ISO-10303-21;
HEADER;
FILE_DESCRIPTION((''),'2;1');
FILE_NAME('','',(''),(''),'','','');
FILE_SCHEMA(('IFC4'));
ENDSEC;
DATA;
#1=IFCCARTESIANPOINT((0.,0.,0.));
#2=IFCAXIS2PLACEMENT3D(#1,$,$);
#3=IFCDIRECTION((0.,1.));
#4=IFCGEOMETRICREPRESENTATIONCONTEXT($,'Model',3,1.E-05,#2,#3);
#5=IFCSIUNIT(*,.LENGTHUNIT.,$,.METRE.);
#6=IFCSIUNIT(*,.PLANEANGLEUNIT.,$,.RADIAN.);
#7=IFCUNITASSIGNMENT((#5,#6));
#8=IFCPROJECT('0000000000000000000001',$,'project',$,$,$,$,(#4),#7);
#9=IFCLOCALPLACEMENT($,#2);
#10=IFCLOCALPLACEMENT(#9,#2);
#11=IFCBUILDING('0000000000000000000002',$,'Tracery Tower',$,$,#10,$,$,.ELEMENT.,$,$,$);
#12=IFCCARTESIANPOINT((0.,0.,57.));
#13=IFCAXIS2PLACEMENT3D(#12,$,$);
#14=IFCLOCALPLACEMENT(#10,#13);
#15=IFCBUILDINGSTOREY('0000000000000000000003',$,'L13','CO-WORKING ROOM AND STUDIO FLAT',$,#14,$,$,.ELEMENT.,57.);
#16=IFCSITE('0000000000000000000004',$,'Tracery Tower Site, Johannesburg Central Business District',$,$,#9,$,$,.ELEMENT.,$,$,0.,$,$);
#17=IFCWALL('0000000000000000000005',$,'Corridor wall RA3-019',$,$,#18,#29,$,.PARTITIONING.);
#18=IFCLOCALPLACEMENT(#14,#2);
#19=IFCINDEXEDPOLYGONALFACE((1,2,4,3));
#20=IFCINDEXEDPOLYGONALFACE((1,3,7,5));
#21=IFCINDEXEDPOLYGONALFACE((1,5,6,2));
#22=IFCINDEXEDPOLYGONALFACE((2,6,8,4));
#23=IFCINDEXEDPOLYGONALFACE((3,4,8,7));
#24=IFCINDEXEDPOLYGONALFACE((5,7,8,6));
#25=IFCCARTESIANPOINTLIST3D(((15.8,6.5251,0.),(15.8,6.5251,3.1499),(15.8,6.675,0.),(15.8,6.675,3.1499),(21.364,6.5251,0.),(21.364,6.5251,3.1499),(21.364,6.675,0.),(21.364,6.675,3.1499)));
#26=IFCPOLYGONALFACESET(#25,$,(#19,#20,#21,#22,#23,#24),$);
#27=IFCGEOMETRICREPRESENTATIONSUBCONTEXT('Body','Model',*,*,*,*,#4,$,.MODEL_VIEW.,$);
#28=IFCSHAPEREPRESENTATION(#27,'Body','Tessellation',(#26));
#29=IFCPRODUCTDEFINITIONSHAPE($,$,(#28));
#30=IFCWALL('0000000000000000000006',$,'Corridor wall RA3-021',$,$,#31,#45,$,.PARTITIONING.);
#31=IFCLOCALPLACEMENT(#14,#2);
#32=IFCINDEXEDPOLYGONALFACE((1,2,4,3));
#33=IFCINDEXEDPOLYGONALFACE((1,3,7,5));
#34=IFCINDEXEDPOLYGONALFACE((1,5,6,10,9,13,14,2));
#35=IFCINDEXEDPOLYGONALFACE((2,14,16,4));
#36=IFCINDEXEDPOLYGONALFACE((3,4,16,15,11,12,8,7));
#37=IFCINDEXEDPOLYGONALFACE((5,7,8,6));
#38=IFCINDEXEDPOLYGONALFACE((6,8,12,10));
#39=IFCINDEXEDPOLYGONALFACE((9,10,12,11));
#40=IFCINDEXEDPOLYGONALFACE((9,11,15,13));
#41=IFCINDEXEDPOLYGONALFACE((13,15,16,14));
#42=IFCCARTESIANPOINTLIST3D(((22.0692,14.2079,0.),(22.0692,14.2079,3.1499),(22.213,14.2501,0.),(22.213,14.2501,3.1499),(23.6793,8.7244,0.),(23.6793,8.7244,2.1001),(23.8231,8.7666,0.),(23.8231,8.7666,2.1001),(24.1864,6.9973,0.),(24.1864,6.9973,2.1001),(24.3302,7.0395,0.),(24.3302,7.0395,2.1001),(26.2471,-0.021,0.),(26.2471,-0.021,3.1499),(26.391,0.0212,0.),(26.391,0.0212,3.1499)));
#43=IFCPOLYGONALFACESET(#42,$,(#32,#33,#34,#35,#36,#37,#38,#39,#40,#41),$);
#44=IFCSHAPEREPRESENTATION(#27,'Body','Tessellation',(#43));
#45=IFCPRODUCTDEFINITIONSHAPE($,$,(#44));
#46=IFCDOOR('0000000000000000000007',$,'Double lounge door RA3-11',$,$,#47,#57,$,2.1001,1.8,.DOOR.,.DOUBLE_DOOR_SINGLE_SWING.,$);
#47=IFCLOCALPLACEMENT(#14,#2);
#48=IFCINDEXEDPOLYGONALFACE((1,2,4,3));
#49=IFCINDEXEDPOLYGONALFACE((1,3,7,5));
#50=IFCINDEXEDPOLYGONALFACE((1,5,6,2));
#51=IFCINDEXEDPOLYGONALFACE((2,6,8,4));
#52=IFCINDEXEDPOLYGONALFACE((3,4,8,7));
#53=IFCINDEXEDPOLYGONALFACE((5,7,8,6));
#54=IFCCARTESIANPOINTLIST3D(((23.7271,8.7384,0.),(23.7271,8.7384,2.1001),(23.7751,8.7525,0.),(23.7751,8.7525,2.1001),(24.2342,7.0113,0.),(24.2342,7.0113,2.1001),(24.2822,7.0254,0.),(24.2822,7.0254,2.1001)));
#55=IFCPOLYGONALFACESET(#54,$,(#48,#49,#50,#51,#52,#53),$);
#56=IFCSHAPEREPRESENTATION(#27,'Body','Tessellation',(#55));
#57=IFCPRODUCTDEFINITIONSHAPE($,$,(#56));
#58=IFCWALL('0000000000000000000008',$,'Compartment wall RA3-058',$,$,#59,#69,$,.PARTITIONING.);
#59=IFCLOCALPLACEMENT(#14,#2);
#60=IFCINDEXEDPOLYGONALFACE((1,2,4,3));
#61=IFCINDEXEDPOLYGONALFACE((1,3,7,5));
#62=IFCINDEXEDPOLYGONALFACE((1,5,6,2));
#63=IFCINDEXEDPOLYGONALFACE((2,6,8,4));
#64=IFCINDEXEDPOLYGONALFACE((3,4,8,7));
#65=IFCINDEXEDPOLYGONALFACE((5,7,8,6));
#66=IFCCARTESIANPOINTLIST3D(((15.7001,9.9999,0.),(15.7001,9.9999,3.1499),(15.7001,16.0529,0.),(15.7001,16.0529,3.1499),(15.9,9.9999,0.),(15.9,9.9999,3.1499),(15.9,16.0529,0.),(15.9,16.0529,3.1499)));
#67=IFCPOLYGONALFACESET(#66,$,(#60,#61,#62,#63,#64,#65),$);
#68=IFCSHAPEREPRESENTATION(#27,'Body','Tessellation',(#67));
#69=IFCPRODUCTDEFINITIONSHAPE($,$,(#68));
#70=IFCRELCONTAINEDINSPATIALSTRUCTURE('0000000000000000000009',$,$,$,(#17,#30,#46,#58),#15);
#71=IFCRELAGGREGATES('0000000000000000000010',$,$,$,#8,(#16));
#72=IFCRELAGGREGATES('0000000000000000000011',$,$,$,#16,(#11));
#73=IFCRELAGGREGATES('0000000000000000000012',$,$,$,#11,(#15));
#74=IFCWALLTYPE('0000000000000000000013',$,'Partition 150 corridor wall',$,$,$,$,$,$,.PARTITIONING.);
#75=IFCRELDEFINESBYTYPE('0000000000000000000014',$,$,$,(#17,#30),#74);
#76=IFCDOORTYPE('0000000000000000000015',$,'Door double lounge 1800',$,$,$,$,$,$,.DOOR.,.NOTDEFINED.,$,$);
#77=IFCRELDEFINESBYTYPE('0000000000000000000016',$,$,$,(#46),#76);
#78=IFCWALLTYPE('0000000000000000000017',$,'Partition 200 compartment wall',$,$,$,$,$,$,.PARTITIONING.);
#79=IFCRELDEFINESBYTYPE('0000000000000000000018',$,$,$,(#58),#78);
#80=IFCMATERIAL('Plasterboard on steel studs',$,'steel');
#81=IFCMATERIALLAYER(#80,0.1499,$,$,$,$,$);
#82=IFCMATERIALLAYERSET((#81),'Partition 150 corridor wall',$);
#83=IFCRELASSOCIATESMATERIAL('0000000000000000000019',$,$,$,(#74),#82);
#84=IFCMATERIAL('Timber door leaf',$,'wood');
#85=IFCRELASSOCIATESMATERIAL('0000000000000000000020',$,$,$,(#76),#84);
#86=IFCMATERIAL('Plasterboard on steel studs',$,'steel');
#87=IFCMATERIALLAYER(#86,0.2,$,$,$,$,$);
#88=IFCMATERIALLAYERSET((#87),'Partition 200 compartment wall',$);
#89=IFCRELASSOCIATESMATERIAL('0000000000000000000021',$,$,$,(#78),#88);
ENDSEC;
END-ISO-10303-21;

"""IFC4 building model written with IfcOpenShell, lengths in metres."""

from ifc_helpers import new_model, si_unit, direction, frame, frame_2d, origin, place, context, subcontext, project, spatial, rectangle, extrude, material, layer, layer_set, type_object, element, fill, save


model = new_model("IFC4")

# Units and contexts
model_context = context("Model", 3, precision=1e-05, world=origin(), true_north=direction((0.0, 1.0)))
body_context = subcontext(model_context, "Body", "Model", "MODEL_VIEW")
ifc_project = project(units=[si_unit("LENGTHUNIT", "METRE"), si_unit("PLANEANGLEUNIT", "RADIAN")], contexts=[model_context])

# Site, building, storey
site_placement = place(None, origin())
site = spatial("IfcSite", under=ifc_project, at=site_placement, Name="Tracery Tower Site, Johannesburg Central Business District", CompositionType="ELEMENT", RefElevation=0.0)
building_placement = place(site_placement, origin())
building = spatial("IfcBuilding", under=site, at=building_placement, Name="Tracery Tower", CompositionType="ELEMENT")
storey_placement = place(building_placement, frame((0.0, 0.0, 57.0)))
storey = spatial("IfcBuildingStorey", under=building, at=storey_placement, Name="L13", Description="CO-WORKING ROOM AND STUDIO FLAT", CompositionType="ELEMENT", Elevation=57.0)

# Wall
ifc_material_1 = material(Name="Plasterboard on steel studs", Category="steel")
ifc_layer_1 = layer(ifc_material_1, 0.1499)
ifc_layer_set_1 = layer_set([ifc_layer_1], Name="Partition 150 corridor wall")
wall_type_1 = type_object("IfcWallType", Name="Partition 150 corridor wall", PredefinedType="PARTITIONING", material=ifc_layer_set_1)
wall_1_placement = place(storey_placement, frame((15.8, 6.6001, 0.0), z_axis=(0.0, 0.0, 1.0), x_axis=(1.0, 0.0, 0.0)))
element("IfcWall", 1, at=wall_1_placement, inside=storey, type_object=wall_type_1, Name="Corridor wall RA3-019", PredefinedType="PARTITIONING", context=body_context, shape_type="SweptSolid", body=[
    extrude(rectangle(XDim=5.564, YDim=0.1499, at=frame_2d((2.782, 0.0))), origin(), (0.0, 0.0, 1.0), 3.1499),
])

# Wall, opening, door
wall_2_placement = place(storey_placement, frame((22.1411, 14.229, 0.0), z_axis=(0.0, 0.0, 1.0), x_axis=(0.28173, -0.959494, 0.0)))
wall_2 = element("IfcWall", 2, at=wall_2_placement, inside=storey, type_object=wall_type_1, Name="Corridor wall RA3-021", PredefinedType="PARTITIONING", context=body_context, shape_type="SweptSolid", body=[
    extrude(rectangle(XDim=14.8296, YDim=0.1499, at=frame_2d((7.4148, 0.0))), origin(), (0.0, 0.0, 1.0), 3.1499),
])
opening_1_placement = place(wall_2_placement, frame((5.7151, 0.0, 0.0)))
opening_1 = element("IfcOpeningElement", 3, at=opening_1_placement, cuts=wall_2, PredefinedType="OPENING", context=body_context, shape_type="SweptSolid", body=[
    extrude(rectangle(XDim=1.8, YDim=2.1001, at=frame_2d((0.8999, 1.05))), frame((0.0, 0.075, 0.0), z_axis=(0.0, -1.0, 0.0), x_axis=(1.0, 0.0, 0.0)), (0.0, 0.0, 1.0), 0.1499),
])
ifc_material_2 = material(Name="Timber door leaf", Category="wood")
door_type = type_object("IfcDoorType", Name="Door double lounge 1800", OperationType="NOTDEFINED", PredefinedType="DOOR", material=ifc_material_2)
door_placement = place(opening_1_placement, origin())
door = element("IfcDoor", 4, at=door_placement, inside=storey, type_object=door_type, Name="Double lounge door RA3-11", OperationType="DOUBLE_DOOR_SINGLE_SWING", OverallHeight=2.1001, OverallWidth=1.8, PredefinedType="DOOR", context=body_context, shape_type="SweptSolid", body=[
    extrude(rectangle(XDim=1.8, YDim=2.1001, at=frame_2d((0.8999, 1.05))), frame((0.0, 0.0249, 0.0), z_axis=(0.0, -1.0, 0.0), x_axis=(1.0, 0.0, 0.0)), (0.0, 0.0, 1.0), 0.05),
])
fill(opening_1, door)

# Wall
ifc_material_3 = material(Name="Plasterboard on steel studs", Category="steel")
ifc_layer_2 = layer(ifc_material_3, 0.2)
ifc_layer_set_2 = layer_set([ifc_layer_2], Name="Partition 200 compartment wall")
wall_type_2 = type_object("IfcWallType", Name="Partition 200 compartment wall", PredefinedType="PARTITIONING", material=ifc_layer_set_2)
wall_3_placement = place(storey_placement, frame((15.8, 10.0, 0.0), z_axis=(0.0, 0.0, 1.0), x_axis=(0.0, 1.0, 0.0)))
element("IfcWall", 5, at=wall_3_placement, inside=storey, type_object=wall_type_2, Name="Compartment wall RA3-058", PredefinedType="PARTITIONING", context=body_context, shape_type="SweptSolid", body=[
    extrude(rectangle(XDim=6.053, YDim=0.2, at=frame_2d((3.0264, 0.0))), origin(), (0.0, 0.0, 1.0), 3.1499),
])

save(model, "model.ifc")
